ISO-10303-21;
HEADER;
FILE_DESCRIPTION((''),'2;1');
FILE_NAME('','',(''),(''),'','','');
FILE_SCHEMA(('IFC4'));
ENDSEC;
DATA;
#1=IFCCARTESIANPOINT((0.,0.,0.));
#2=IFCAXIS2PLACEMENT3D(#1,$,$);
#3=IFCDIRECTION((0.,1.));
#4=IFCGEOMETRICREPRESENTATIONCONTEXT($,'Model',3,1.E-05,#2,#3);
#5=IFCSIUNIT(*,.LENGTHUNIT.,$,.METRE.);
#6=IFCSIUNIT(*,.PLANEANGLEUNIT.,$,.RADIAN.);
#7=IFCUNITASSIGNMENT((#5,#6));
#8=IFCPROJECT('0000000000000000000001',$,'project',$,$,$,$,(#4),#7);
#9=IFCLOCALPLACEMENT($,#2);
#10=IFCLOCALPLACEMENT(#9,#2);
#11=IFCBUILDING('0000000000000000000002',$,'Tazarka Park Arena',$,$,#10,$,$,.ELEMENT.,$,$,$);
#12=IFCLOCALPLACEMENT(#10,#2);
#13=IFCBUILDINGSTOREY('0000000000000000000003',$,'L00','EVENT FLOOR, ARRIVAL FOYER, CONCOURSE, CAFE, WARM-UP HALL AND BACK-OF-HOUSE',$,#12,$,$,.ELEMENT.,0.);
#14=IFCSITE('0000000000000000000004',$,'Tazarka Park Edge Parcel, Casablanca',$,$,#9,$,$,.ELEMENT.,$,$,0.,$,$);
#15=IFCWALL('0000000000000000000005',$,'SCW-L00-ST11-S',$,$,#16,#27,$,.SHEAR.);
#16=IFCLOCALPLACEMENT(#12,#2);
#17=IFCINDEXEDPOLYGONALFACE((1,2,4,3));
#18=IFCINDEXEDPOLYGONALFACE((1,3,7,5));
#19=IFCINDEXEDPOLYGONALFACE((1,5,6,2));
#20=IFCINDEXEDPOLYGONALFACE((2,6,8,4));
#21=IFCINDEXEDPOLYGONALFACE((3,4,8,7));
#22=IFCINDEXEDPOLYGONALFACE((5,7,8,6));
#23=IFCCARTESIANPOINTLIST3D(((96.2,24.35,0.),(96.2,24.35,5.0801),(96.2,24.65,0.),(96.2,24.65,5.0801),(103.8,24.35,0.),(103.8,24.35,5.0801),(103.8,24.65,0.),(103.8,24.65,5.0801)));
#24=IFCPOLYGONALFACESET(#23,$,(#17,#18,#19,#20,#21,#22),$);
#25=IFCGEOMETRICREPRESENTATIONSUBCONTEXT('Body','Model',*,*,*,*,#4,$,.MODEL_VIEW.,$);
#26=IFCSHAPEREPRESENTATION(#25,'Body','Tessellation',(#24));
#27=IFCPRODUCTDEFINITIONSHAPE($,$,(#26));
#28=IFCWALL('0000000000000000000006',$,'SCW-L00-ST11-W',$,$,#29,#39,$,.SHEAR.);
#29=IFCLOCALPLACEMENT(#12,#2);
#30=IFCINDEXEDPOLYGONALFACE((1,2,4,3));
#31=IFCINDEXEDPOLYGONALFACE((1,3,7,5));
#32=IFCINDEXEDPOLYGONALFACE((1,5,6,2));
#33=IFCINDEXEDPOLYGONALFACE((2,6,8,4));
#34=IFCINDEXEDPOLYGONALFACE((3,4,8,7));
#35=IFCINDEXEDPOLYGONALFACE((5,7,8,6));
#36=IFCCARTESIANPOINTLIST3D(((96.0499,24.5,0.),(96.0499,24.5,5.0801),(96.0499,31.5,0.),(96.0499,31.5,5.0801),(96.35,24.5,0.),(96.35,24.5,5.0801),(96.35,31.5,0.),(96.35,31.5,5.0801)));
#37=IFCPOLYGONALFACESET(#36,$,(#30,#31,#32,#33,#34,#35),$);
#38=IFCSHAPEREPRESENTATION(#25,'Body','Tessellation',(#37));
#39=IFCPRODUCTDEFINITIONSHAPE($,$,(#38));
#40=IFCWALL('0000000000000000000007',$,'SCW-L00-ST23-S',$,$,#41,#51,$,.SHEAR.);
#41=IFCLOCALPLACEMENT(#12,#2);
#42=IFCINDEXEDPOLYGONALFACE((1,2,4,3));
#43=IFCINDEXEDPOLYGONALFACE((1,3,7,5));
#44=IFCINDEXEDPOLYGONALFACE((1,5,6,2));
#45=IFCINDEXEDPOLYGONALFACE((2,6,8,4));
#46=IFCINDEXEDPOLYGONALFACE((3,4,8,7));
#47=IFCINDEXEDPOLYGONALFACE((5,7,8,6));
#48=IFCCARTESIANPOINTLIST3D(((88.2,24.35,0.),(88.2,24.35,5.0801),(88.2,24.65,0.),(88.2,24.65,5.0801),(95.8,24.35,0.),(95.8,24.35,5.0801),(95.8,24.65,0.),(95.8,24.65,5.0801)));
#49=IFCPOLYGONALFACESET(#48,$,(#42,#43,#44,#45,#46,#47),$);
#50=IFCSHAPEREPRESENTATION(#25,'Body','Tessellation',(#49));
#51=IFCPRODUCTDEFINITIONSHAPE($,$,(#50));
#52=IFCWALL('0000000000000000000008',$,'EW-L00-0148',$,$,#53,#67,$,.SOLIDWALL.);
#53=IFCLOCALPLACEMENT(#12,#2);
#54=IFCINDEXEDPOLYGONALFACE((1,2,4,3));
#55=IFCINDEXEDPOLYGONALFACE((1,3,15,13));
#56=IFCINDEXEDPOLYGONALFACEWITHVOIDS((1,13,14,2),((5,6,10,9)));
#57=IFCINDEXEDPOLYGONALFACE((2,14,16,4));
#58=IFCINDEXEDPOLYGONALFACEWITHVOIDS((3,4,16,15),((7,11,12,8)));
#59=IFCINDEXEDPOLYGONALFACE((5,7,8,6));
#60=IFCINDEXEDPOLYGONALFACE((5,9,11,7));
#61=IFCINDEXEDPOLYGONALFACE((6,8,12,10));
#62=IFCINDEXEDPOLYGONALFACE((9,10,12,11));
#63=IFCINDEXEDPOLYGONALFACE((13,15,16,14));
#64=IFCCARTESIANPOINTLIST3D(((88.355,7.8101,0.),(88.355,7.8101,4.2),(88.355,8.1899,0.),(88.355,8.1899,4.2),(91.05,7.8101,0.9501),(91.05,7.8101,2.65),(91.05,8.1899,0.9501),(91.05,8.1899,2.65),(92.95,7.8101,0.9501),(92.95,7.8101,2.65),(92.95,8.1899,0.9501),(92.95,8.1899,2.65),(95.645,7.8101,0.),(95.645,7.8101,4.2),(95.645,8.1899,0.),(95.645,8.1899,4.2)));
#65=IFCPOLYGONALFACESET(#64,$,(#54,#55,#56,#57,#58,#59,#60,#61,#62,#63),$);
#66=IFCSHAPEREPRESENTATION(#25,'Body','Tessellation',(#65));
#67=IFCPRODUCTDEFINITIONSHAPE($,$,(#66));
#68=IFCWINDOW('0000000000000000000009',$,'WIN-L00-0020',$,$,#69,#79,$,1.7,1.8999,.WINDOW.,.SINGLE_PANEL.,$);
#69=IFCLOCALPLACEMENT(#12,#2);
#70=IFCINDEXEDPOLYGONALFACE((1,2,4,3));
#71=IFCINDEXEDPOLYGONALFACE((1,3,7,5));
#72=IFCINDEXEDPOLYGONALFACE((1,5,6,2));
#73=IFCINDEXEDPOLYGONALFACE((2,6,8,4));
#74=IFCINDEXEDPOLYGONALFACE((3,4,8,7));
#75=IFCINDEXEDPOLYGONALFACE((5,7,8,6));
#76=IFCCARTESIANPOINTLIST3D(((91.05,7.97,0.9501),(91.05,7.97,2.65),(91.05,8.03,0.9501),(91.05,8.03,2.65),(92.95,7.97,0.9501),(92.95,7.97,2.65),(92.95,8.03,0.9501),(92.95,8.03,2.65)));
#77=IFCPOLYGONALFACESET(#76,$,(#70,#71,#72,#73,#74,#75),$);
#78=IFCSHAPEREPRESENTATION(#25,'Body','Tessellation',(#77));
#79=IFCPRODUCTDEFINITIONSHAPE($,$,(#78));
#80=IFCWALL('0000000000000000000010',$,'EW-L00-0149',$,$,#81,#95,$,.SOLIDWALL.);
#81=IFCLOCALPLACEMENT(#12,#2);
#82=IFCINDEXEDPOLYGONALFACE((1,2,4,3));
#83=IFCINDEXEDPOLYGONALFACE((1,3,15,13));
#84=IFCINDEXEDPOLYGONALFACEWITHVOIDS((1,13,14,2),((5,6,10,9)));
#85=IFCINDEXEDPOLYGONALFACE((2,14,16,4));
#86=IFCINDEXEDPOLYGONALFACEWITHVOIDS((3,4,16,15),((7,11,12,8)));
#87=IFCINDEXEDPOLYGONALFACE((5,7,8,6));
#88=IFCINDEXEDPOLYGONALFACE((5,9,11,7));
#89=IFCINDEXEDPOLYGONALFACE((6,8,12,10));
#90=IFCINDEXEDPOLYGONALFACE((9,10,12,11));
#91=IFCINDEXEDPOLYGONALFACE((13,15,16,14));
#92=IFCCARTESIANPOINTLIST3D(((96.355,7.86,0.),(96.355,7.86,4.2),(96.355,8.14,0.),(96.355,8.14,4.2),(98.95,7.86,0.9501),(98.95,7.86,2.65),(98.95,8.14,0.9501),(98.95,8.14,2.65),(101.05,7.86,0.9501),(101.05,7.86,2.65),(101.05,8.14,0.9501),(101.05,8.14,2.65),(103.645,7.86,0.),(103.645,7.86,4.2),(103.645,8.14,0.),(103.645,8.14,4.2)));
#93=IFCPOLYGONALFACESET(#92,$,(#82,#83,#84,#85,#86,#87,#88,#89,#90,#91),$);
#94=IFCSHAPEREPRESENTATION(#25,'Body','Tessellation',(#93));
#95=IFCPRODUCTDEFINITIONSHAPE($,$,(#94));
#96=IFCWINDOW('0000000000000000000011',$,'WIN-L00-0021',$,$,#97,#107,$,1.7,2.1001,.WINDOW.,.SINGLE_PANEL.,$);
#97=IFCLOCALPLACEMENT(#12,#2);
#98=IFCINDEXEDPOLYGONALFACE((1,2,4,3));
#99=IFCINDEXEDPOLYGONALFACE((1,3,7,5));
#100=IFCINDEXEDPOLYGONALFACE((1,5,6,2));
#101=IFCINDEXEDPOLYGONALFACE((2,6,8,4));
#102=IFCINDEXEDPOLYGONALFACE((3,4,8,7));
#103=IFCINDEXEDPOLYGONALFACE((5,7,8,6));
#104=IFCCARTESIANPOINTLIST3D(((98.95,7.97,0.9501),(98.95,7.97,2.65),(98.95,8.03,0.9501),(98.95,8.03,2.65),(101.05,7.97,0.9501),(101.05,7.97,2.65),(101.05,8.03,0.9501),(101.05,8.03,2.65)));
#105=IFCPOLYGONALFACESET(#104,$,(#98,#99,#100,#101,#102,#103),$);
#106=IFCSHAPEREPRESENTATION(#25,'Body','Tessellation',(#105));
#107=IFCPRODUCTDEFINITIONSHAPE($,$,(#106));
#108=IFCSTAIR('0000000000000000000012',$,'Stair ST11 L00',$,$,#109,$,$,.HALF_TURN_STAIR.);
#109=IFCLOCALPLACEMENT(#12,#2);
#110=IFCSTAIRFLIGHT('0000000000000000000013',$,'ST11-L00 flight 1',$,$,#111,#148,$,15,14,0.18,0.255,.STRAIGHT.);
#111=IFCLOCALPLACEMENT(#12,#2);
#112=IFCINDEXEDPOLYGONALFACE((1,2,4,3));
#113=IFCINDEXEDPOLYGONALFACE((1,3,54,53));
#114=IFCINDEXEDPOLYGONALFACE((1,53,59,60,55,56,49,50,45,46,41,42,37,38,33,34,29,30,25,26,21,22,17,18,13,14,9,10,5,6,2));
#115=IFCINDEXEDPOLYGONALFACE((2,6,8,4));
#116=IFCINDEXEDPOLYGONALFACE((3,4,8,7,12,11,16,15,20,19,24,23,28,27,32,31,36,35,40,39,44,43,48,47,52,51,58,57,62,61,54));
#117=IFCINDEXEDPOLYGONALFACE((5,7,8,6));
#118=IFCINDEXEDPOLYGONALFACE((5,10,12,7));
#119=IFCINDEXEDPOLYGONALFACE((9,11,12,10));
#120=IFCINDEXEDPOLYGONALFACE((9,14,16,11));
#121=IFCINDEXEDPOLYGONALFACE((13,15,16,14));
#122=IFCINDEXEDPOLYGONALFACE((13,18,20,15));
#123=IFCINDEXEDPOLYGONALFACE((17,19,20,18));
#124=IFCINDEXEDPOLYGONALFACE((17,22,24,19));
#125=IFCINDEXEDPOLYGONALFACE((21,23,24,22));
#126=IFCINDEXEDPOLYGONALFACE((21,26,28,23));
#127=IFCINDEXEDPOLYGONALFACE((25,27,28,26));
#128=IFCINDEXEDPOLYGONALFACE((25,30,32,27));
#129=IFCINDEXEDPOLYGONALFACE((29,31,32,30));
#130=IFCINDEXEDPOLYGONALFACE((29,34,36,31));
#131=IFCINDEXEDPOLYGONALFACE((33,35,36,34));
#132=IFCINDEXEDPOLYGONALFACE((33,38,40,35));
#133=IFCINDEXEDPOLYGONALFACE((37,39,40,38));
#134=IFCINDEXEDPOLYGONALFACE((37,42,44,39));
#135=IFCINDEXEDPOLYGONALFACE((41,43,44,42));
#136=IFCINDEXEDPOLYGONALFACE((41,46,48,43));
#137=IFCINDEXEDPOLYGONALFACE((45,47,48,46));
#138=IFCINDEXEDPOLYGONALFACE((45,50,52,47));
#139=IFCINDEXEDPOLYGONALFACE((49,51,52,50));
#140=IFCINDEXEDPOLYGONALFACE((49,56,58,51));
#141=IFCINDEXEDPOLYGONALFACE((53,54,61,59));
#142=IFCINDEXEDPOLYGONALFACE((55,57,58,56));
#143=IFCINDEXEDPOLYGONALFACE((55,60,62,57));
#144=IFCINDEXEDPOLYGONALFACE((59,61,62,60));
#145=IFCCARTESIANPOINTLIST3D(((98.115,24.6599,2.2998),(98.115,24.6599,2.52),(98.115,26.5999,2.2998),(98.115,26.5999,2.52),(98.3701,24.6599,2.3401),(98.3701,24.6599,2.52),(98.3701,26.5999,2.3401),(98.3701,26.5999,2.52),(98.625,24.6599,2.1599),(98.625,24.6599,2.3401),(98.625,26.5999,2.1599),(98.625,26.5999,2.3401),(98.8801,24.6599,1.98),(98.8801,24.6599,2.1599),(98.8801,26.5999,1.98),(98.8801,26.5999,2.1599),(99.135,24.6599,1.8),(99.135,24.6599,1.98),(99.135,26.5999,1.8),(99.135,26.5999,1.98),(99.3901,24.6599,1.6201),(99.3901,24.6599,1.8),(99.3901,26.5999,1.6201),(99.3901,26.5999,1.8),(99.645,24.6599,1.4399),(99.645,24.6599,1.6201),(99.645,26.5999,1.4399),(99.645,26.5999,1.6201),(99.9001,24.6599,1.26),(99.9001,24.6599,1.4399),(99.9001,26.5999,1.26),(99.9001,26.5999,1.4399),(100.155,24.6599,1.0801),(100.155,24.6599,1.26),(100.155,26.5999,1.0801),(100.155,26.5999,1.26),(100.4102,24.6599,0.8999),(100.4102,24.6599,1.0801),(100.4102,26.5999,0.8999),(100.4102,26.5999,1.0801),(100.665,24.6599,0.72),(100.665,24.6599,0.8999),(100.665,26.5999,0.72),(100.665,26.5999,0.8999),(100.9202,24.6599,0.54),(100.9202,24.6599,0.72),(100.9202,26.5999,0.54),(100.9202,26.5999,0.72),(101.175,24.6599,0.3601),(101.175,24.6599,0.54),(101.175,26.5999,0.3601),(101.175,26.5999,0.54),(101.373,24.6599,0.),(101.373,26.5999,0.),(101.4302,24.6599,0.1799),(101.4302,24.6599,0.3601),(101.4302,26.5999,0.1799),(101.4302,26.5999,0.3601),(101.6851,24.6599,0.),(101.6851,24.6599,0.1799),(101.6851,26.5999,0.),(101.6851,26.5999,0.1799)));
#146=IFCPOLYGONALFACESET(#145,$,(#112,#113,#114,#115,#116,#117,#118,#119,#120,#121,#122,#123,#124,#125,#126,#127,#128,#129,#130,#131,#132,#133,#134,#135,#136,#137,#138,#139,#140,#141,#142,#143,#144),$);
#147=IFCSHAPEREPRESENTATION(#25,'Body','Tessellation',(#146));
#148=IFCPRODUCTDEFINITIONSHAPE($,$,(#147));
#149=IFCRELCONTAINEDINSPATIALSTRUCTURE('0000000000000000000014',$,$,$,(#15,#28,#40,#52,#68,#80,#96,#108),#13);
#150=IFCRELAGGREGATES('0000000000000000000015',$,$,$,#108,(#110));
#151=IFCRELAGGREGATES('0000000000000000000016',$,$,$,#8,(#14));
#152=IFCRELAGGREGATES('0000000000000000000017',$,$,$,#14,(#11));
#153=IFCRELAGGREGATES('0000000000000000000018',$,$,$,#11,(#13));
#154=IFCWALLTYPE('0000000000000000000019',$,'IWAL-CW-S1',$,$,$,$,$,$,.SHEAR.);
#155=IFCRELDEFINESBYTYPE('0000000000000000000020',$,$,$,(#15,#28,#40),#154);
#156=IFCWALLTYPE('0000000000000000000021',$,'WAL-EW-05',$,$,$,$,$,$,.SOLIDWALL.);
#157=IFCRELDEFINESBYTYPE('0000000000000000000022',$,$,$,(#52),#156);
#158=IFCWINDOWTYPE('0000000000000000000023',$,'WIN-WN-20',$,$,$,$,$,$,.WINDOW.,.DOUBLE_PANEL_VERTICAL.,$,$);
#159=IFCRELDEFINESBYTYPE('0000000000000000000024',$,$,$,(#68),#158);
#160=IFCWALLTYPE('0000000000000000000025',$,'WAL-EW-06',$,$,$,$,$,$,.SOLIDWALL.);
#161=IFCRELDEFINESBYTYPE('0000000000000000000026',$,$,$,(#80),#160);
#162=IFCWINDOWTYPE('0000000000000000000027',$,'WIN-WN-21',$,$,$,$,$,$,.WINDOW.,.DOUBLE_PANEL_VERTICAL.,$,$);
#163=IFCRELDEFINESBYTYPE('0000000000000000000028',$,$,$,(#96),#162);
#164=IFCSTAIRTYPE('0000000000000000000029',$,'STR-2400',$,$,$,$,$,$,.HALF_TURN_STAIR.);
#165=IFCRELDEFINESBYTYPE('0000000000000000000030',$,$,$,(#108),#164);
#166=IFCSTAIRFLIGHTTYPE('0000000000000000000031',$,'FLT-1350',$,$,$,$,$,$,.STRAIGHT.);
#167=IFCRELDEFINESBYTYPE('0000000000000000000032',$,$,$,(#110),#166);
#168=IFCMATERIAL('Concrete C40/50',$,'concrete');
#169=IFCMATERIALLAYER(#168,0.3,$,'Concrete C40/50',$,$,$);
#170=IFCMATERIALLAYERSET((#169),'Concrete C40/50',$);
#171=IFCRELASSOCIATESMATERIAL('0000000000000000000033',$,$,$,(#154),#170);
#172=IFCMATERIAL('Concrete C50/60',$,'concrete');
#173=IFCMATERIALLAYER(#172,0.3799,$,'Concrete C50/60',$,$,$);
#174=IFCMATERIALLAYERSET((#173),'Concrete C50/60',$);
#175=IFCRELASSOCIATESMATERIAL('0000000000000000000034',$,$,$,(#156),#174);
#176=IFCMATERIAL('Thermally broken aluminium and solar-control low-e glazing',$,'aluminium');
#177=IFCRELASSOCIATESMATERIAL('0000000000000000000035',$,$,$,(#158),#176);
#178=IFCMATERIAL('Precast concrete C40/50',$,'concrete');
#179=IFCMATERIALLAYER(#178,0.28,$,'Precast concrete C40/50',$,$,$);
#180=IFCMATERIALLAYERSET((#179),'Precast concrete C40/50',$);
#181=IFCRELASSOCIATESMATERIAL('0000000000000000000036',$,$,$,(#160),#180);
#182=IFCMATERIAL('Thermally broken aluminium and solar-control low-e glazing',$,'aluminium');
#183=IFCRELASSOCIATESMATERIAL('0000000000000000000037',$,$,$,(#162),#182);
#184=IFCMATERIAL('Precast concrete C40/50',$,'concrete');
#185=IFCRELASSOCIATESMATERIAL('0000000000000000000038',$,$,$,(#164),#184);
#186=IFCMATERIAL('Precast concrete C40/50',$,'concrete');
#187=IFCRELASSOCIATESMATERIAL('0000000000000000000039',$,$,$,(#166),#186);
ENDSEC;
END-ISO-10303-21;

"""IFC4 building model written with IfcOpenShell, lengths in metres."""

from ifc_helpers import new_model, si_unit, direction, frame, frame_2d, origin, place, context, subcontext, project, spatial, polyline, rectangle, outline, extrude, material, layer, layer_set, type_object, element, fill, aggregate, save


model = new_model("IFC4")

# Units and contexts
model_context = context("Model", 3, precision=1e-05, world=origin(), true_north=direction((0.0, 1.0)))
body_context = subcontext(model_context, "Body", "Model", "MODEL_VIEW")
ifc_project = project(units=[si_unit("LENGTHUNIT", "METRE"), si_unit("PLANEANGLEUNIT", "RADIAN")], contexts=[model_context])

# Site, building, storey
site_placement = place(None, origin())
site = spatial("IfcSite", under=ifc_project, at=site_placement, Name="Tazarka Park Edge Parcel, Casablanca", CompositionType="ELEMENT", RefElevation=0.0)
building_placement = place(site_placement, origin())
building = spatial("IfcBuilding", under=site, at=building_placement, Name="Tazarka Park Arena", CompositionType="ELEMENT")
storey_placement = place(building_placement, origin())
storey = spatial("IfcBuildingStorey", under=building, at=storey_placement, Name="L00", Description="EVENT FLOOR, ARRIVAL FOYER, CONCOURSE, CAFE, WARM-UP HALL AND BACK-OF-HOUSE", CompositionType="ELEMENT", Elevation=0.0)

# Walls
ifc_material_1 = material(Name="Concrete C40/50", Category="concrete")
ifc_layer_1 = layer(ifc_material_1, 0.3, Name="Concrete C40/50")
ifc_layer_set_1 = layer_set([ifc_layer_1], Name="Concrete C40/50")
wall_type_1 = type_object("IfcWallType", Name="IWAL-CW-S1", PredefinedType="SHEAR", material=ifc_layer_set_1)
wall_1_placement = place(storey_placement, frame((103.8, 24.5, 0.0), z_axis=(0.0, 0.0, 1.0), x_axis=(-1.0, 0.0, 0.0)))
element("IfcWall", 1, at=wall_1_placement, inside=storey, type_object=wall_type_1, Name="SCW-L00-ST11-S", PredefinedType="SHEAR", context=body_context, shape_type="SweptSolid", body=[
    extrude(rectangle(XDim=7.6001, YDim=0.3, at=frame_2d((3.8, 0.0))), origin(), (0.0, 0.0, 1.0), 5.0801),
])
wall_2_placement = place(storey_placement, frame((96.2, 24.5, 0.0), z_axis=(0.0, 0.0, 1.0), x_axis=(0.0, 1.0, 0.0)))
element("IfcWall", 2, at=wall_2_placement, inside=storey, type_object=wall_type_1, Name="SCW-L00-ST11-W", PredefinedType="SHEAR", context=body_context, shape_type="SweptSolid", body=[
    extrude(rectangle(XDim=7.0, YDim=0.3, at=frame_2d((3.5, 0.0))), origin(), (0.0, 0.0, 1.0), 5.0801),
])
wall_3_placement = place(storey_placement, frame((95.8, 24.5, 0.0), z_axis=(0.0, 0.0, 1.0), x_axis=(-1.0, 0.0, 0.0)))
element("IfcWall", 3, at=wall_3_placement, inside=storey, type_object=wall_type_1, Name="SCW-L00-ST23-S", PredefinedType="SHEAR", context=body_context, shape_type="SweptSolid", body=[
    extrude(rectangle(XDim=7.6001, YDim=0.3, at=frame_2d((3.8, 0.0))), origin(), (0.0, 0.0, 1.0), 5.0801),
])

# Walls, openings, windows
ifc_material_2 = material(Name="Concrete C50/60", Category="concrete")
ifc_layer_2 = layer(ifc_material_2, 0.3799, Name="Concrete C50/60")
ifc_layer_set_2 = layer_set([ifc_layer_2], Name="Concrete C50/60")
wall_type_2 = type_object("IfcWallType", Name="WAL-EW-05", PredefinedType="SOLIDWALL", material=ifc_layer_set_2)
wall_4_placement = place(storey_placement, frame((95.645, 8.0, 0.0), z_axis=(0.0, 0.0, 1.0), x_axis=(-1.0, 0.0, 0.0)))
wall_4 = element("IfcWall", 4, at=wall_4_placement, inside=storey, type_object=wall_type_2, Name="EW-L00-0148", PredefinedType="SOLIDWALL", context=body_context, shape_type="SweptSolid", body=[
    extrude(rectangle(XDim=7.29, YDim=0.3799, at=frame_2d((3.645, 0.0))), origin(), (0.0, 0.0, 1.0), 4.2),
])
opening_1_placement = place(wall_4_placement, frame((2.6951, 0.0, 0.95)))
opening_1 = element("IfcOpeningElement", 5, at=opening_1_placement, cuts=wall_4, PredefinedType="OPENING", context=body_context, shape_type="SweptSolid", body=[
    extrude(rectangle(XDim=1.8999, YDim=1.7, at=frame_2d((0.95, 0.8501))), frame((0.0, 0.2, 0.0), z_axis=(0.0, -1.0, 0.0), x_axis=(1.0, 0.0, 0.0)), (0.0, 0.0, 1.0), 0.3999),
])
ifc_material_3 = material(Name="Thermally broken aluminium and solar-control low-e glazing", Category="aluminium")
window_type_1 = type_object("IfcWindowType", Name="WIN-WN-20", PartitioningType="DOUBLE_PANEL_VERTICAL", PredefinedType="WINDOW", material=ifc_material_3)
window_1_placement = place(opening_1_placement, origin())
window_1 = element("IfcWindow", 6, at=window_1_placement, inside=storey, type_object=window_type_1, Name="WIN-L00-0020", OverallHeight=1.7, OverallWidth=1.8999, PartitioningType="SINGLE_PANEL", PredefinedType="WINDOW", context=body_context, shape_type="SweptSolid", body=[
    extrude(rectangle(XDim=1.8999, YDim=1.7, at=frame_2d((0.95, 0.8501))), frame((0.0, 0.03, 0.0), z_axis=(0.0, -1.0, 0.0), x_axis=(1.0, 0.0, 0.0)), (0.0, 0.0, 1.0), 0.0601),
])
fill(opening_1, window_1)
ifc_material_4 = material(Name="Precast concrete C40/50", Category="concrete")
ifc_layer_3 = layer(ifc_material_4, 0.28, Name="Precast concrete C40/50")
ifc_layer_set_3 = layer_set([ifc_layer_3], Name="Precast concrete C40/50")
wall_type_3 = type_object("IfcWallType", Name="WAL-EW-06", PredefinedType="SOLIDWALL", material=ifc_layer_set_3)
wall_5_placement = place(storey_placement, frame((103.645, 8.0, 0.0), z_axis=(0.0, 0.0, 1.0), x_axis=(-1.0, 0.0, 0.0)))
wall_5 = element("IfcWall", 7, at=wall_5_placement, inside=storey, type_object=wall_type_3, Name="EW-L00-0149", PredefinedType="SOLIDWALL", context=body_context, shape_type="SweptSolid", body=[
    extrude(rectangle(XDim=7.29, YDim=0.28, at=frame_2d((3.645, 0.0))), origin(), (0.0, 0.0, 1.0), 4.2),
])
opening_2_placement = place(wall_5_placement, frame((2.595, 0.0, 0.95)))
opening_2 = element("IfcOpeningElement", 8, at=opening_2_placement, cuts=wall_5, PredefinedType="OPENING", context=body_context, shape_type="SweptSolid", body=[
    extrude(rectangle(XDim=2.1001, YDim=1.7, at=frame_2d((1.05, 0.8501))), frame((0.0, 0.1499, 0.0), z_axis=(0.0, -1.0, 0.0), x_axis=(1.0, 0.0, 0.0)), (0.0, 0.0, 1.0), 0.3),
])
ifc_material_5 = material(Name="Thermally broken aluminium and solar-control low-e glazing", Category="aluminium")
window_type_2 = type_object("IfcWindowType", Name="WIN-WN-21", PartitioningType="DOUBLE_PANEL_VERTICAL", PredefinedType="WINDOW", material=ifc_material_5)
window_2_placement = place(opening_2_placement, origin())
window_2 = element("IfcWindow", 9, at=window_2_placement, inside=storey, type_object=window_type_2, Name="WIN-L00-0021", OverallHeight=1.7, OverallWidth=2.1001, PartitioningType="SINGLE_PANEL", PredefinedType="WINDOW", context=body_context, shape_type="SweptSolid", body=[
    extrude(rectangle(XDim=2.1001, YDim=1.7, at=frame_2d((1.05, 0.8501))), frame((0.0, 0.03, 0.0), z_axis=(0.0, -1.0, 0.0), x_axis=(1.0, 0.0, 0.0)), (0.0, 0.0, 1.0), 0.0601),
])
fill(opening_2, window_2)

# Stair, stair flight
ifc_material_6 = material(Name="Precast concrete C40/50", Category="concrete")
stair_type_1 = type_object("IfcStairType", Name="STR-2400", PredefinedType="HALF_TURN_STAIR", material=ifc_material_6)
stair_1_placement = place(storey_placement, origin())
stair_1 = element("IfcStair", 10, at=stair_1_placement, inside=storey, type_object=stair_type_1, Name="Stair ST11 L00", PredefinedType="HALF_TURN_STAIR")
ifc_material_7 = material(Name="Precast concrete C40/50", Category="concrete")
stair_flight_type_1 = type_object("IfcStairFlightType", Name="FLT-1350", PredefinedType="STRAIGHT", material=ifc_material_7)
stair_flight_1_placement = place(storey_placement, frame((101.6851, 25.6299, 0.0), z_axis=(0.0, 0.0, 1.0), x_axis=(-1.0, 0.0, 0.0)))
stair_flight_1 = element("IfcStairFlight", 11, at=stair_flight_1_placement, type_object=stair_flight_type_1, Name="ST11-L00 flight 1", NumberOfRisers=15, NumberOfTreads=14, PredefinedType="STRAIGHT", RiserHeight=0.18, TreadLength=0.255, context=body_context, shape_type="SweptSolid", body=[
    extrude(outline(polyline([(0.0, 0.0), (0.0, 0.1799), (0.2549, 0.1799), (0.2549, 0.3601), (0.51, 0.3601), (0.51, 0.54), (0.7649, 0.54), (0.7649, 0.72), (1.02, 0.72), (1.02, 0.8999), (1.2749, 0.8999), (1.2749, 1.0801), (1.53, 1.0801), (1.53, 1.26), (1.7849, 1.26), (1.7849, 1.4399), (2.04, 1.4399), (2.04, 1.6201), (2.2949, 1.6201), (2.2949, 1.8), (2.55, 1.8), (2.55, 1.98), (2.8049, 1.98), (2.8049, 2.1599), (3.0601, 2.1599), (3.0601, 2.3401), (3.3149, 2.3401), (3.3149, 2.52), (3.5701, 2.52), (3.5701, 2.7), (3.5701, 2.2998), (0.312, 0.0), (0.0, 0.0)])), frame((0.0, 0.97, 0.0), z_axis=(0.0, -1.0, 0.0), x_axis=(1.0, 0.0, 0.0)), (0.0, 0.0, 1.0), 1.9399),
])
aggregate(stair_1, [stair_flight_1])

save(model, "model.ifc")
